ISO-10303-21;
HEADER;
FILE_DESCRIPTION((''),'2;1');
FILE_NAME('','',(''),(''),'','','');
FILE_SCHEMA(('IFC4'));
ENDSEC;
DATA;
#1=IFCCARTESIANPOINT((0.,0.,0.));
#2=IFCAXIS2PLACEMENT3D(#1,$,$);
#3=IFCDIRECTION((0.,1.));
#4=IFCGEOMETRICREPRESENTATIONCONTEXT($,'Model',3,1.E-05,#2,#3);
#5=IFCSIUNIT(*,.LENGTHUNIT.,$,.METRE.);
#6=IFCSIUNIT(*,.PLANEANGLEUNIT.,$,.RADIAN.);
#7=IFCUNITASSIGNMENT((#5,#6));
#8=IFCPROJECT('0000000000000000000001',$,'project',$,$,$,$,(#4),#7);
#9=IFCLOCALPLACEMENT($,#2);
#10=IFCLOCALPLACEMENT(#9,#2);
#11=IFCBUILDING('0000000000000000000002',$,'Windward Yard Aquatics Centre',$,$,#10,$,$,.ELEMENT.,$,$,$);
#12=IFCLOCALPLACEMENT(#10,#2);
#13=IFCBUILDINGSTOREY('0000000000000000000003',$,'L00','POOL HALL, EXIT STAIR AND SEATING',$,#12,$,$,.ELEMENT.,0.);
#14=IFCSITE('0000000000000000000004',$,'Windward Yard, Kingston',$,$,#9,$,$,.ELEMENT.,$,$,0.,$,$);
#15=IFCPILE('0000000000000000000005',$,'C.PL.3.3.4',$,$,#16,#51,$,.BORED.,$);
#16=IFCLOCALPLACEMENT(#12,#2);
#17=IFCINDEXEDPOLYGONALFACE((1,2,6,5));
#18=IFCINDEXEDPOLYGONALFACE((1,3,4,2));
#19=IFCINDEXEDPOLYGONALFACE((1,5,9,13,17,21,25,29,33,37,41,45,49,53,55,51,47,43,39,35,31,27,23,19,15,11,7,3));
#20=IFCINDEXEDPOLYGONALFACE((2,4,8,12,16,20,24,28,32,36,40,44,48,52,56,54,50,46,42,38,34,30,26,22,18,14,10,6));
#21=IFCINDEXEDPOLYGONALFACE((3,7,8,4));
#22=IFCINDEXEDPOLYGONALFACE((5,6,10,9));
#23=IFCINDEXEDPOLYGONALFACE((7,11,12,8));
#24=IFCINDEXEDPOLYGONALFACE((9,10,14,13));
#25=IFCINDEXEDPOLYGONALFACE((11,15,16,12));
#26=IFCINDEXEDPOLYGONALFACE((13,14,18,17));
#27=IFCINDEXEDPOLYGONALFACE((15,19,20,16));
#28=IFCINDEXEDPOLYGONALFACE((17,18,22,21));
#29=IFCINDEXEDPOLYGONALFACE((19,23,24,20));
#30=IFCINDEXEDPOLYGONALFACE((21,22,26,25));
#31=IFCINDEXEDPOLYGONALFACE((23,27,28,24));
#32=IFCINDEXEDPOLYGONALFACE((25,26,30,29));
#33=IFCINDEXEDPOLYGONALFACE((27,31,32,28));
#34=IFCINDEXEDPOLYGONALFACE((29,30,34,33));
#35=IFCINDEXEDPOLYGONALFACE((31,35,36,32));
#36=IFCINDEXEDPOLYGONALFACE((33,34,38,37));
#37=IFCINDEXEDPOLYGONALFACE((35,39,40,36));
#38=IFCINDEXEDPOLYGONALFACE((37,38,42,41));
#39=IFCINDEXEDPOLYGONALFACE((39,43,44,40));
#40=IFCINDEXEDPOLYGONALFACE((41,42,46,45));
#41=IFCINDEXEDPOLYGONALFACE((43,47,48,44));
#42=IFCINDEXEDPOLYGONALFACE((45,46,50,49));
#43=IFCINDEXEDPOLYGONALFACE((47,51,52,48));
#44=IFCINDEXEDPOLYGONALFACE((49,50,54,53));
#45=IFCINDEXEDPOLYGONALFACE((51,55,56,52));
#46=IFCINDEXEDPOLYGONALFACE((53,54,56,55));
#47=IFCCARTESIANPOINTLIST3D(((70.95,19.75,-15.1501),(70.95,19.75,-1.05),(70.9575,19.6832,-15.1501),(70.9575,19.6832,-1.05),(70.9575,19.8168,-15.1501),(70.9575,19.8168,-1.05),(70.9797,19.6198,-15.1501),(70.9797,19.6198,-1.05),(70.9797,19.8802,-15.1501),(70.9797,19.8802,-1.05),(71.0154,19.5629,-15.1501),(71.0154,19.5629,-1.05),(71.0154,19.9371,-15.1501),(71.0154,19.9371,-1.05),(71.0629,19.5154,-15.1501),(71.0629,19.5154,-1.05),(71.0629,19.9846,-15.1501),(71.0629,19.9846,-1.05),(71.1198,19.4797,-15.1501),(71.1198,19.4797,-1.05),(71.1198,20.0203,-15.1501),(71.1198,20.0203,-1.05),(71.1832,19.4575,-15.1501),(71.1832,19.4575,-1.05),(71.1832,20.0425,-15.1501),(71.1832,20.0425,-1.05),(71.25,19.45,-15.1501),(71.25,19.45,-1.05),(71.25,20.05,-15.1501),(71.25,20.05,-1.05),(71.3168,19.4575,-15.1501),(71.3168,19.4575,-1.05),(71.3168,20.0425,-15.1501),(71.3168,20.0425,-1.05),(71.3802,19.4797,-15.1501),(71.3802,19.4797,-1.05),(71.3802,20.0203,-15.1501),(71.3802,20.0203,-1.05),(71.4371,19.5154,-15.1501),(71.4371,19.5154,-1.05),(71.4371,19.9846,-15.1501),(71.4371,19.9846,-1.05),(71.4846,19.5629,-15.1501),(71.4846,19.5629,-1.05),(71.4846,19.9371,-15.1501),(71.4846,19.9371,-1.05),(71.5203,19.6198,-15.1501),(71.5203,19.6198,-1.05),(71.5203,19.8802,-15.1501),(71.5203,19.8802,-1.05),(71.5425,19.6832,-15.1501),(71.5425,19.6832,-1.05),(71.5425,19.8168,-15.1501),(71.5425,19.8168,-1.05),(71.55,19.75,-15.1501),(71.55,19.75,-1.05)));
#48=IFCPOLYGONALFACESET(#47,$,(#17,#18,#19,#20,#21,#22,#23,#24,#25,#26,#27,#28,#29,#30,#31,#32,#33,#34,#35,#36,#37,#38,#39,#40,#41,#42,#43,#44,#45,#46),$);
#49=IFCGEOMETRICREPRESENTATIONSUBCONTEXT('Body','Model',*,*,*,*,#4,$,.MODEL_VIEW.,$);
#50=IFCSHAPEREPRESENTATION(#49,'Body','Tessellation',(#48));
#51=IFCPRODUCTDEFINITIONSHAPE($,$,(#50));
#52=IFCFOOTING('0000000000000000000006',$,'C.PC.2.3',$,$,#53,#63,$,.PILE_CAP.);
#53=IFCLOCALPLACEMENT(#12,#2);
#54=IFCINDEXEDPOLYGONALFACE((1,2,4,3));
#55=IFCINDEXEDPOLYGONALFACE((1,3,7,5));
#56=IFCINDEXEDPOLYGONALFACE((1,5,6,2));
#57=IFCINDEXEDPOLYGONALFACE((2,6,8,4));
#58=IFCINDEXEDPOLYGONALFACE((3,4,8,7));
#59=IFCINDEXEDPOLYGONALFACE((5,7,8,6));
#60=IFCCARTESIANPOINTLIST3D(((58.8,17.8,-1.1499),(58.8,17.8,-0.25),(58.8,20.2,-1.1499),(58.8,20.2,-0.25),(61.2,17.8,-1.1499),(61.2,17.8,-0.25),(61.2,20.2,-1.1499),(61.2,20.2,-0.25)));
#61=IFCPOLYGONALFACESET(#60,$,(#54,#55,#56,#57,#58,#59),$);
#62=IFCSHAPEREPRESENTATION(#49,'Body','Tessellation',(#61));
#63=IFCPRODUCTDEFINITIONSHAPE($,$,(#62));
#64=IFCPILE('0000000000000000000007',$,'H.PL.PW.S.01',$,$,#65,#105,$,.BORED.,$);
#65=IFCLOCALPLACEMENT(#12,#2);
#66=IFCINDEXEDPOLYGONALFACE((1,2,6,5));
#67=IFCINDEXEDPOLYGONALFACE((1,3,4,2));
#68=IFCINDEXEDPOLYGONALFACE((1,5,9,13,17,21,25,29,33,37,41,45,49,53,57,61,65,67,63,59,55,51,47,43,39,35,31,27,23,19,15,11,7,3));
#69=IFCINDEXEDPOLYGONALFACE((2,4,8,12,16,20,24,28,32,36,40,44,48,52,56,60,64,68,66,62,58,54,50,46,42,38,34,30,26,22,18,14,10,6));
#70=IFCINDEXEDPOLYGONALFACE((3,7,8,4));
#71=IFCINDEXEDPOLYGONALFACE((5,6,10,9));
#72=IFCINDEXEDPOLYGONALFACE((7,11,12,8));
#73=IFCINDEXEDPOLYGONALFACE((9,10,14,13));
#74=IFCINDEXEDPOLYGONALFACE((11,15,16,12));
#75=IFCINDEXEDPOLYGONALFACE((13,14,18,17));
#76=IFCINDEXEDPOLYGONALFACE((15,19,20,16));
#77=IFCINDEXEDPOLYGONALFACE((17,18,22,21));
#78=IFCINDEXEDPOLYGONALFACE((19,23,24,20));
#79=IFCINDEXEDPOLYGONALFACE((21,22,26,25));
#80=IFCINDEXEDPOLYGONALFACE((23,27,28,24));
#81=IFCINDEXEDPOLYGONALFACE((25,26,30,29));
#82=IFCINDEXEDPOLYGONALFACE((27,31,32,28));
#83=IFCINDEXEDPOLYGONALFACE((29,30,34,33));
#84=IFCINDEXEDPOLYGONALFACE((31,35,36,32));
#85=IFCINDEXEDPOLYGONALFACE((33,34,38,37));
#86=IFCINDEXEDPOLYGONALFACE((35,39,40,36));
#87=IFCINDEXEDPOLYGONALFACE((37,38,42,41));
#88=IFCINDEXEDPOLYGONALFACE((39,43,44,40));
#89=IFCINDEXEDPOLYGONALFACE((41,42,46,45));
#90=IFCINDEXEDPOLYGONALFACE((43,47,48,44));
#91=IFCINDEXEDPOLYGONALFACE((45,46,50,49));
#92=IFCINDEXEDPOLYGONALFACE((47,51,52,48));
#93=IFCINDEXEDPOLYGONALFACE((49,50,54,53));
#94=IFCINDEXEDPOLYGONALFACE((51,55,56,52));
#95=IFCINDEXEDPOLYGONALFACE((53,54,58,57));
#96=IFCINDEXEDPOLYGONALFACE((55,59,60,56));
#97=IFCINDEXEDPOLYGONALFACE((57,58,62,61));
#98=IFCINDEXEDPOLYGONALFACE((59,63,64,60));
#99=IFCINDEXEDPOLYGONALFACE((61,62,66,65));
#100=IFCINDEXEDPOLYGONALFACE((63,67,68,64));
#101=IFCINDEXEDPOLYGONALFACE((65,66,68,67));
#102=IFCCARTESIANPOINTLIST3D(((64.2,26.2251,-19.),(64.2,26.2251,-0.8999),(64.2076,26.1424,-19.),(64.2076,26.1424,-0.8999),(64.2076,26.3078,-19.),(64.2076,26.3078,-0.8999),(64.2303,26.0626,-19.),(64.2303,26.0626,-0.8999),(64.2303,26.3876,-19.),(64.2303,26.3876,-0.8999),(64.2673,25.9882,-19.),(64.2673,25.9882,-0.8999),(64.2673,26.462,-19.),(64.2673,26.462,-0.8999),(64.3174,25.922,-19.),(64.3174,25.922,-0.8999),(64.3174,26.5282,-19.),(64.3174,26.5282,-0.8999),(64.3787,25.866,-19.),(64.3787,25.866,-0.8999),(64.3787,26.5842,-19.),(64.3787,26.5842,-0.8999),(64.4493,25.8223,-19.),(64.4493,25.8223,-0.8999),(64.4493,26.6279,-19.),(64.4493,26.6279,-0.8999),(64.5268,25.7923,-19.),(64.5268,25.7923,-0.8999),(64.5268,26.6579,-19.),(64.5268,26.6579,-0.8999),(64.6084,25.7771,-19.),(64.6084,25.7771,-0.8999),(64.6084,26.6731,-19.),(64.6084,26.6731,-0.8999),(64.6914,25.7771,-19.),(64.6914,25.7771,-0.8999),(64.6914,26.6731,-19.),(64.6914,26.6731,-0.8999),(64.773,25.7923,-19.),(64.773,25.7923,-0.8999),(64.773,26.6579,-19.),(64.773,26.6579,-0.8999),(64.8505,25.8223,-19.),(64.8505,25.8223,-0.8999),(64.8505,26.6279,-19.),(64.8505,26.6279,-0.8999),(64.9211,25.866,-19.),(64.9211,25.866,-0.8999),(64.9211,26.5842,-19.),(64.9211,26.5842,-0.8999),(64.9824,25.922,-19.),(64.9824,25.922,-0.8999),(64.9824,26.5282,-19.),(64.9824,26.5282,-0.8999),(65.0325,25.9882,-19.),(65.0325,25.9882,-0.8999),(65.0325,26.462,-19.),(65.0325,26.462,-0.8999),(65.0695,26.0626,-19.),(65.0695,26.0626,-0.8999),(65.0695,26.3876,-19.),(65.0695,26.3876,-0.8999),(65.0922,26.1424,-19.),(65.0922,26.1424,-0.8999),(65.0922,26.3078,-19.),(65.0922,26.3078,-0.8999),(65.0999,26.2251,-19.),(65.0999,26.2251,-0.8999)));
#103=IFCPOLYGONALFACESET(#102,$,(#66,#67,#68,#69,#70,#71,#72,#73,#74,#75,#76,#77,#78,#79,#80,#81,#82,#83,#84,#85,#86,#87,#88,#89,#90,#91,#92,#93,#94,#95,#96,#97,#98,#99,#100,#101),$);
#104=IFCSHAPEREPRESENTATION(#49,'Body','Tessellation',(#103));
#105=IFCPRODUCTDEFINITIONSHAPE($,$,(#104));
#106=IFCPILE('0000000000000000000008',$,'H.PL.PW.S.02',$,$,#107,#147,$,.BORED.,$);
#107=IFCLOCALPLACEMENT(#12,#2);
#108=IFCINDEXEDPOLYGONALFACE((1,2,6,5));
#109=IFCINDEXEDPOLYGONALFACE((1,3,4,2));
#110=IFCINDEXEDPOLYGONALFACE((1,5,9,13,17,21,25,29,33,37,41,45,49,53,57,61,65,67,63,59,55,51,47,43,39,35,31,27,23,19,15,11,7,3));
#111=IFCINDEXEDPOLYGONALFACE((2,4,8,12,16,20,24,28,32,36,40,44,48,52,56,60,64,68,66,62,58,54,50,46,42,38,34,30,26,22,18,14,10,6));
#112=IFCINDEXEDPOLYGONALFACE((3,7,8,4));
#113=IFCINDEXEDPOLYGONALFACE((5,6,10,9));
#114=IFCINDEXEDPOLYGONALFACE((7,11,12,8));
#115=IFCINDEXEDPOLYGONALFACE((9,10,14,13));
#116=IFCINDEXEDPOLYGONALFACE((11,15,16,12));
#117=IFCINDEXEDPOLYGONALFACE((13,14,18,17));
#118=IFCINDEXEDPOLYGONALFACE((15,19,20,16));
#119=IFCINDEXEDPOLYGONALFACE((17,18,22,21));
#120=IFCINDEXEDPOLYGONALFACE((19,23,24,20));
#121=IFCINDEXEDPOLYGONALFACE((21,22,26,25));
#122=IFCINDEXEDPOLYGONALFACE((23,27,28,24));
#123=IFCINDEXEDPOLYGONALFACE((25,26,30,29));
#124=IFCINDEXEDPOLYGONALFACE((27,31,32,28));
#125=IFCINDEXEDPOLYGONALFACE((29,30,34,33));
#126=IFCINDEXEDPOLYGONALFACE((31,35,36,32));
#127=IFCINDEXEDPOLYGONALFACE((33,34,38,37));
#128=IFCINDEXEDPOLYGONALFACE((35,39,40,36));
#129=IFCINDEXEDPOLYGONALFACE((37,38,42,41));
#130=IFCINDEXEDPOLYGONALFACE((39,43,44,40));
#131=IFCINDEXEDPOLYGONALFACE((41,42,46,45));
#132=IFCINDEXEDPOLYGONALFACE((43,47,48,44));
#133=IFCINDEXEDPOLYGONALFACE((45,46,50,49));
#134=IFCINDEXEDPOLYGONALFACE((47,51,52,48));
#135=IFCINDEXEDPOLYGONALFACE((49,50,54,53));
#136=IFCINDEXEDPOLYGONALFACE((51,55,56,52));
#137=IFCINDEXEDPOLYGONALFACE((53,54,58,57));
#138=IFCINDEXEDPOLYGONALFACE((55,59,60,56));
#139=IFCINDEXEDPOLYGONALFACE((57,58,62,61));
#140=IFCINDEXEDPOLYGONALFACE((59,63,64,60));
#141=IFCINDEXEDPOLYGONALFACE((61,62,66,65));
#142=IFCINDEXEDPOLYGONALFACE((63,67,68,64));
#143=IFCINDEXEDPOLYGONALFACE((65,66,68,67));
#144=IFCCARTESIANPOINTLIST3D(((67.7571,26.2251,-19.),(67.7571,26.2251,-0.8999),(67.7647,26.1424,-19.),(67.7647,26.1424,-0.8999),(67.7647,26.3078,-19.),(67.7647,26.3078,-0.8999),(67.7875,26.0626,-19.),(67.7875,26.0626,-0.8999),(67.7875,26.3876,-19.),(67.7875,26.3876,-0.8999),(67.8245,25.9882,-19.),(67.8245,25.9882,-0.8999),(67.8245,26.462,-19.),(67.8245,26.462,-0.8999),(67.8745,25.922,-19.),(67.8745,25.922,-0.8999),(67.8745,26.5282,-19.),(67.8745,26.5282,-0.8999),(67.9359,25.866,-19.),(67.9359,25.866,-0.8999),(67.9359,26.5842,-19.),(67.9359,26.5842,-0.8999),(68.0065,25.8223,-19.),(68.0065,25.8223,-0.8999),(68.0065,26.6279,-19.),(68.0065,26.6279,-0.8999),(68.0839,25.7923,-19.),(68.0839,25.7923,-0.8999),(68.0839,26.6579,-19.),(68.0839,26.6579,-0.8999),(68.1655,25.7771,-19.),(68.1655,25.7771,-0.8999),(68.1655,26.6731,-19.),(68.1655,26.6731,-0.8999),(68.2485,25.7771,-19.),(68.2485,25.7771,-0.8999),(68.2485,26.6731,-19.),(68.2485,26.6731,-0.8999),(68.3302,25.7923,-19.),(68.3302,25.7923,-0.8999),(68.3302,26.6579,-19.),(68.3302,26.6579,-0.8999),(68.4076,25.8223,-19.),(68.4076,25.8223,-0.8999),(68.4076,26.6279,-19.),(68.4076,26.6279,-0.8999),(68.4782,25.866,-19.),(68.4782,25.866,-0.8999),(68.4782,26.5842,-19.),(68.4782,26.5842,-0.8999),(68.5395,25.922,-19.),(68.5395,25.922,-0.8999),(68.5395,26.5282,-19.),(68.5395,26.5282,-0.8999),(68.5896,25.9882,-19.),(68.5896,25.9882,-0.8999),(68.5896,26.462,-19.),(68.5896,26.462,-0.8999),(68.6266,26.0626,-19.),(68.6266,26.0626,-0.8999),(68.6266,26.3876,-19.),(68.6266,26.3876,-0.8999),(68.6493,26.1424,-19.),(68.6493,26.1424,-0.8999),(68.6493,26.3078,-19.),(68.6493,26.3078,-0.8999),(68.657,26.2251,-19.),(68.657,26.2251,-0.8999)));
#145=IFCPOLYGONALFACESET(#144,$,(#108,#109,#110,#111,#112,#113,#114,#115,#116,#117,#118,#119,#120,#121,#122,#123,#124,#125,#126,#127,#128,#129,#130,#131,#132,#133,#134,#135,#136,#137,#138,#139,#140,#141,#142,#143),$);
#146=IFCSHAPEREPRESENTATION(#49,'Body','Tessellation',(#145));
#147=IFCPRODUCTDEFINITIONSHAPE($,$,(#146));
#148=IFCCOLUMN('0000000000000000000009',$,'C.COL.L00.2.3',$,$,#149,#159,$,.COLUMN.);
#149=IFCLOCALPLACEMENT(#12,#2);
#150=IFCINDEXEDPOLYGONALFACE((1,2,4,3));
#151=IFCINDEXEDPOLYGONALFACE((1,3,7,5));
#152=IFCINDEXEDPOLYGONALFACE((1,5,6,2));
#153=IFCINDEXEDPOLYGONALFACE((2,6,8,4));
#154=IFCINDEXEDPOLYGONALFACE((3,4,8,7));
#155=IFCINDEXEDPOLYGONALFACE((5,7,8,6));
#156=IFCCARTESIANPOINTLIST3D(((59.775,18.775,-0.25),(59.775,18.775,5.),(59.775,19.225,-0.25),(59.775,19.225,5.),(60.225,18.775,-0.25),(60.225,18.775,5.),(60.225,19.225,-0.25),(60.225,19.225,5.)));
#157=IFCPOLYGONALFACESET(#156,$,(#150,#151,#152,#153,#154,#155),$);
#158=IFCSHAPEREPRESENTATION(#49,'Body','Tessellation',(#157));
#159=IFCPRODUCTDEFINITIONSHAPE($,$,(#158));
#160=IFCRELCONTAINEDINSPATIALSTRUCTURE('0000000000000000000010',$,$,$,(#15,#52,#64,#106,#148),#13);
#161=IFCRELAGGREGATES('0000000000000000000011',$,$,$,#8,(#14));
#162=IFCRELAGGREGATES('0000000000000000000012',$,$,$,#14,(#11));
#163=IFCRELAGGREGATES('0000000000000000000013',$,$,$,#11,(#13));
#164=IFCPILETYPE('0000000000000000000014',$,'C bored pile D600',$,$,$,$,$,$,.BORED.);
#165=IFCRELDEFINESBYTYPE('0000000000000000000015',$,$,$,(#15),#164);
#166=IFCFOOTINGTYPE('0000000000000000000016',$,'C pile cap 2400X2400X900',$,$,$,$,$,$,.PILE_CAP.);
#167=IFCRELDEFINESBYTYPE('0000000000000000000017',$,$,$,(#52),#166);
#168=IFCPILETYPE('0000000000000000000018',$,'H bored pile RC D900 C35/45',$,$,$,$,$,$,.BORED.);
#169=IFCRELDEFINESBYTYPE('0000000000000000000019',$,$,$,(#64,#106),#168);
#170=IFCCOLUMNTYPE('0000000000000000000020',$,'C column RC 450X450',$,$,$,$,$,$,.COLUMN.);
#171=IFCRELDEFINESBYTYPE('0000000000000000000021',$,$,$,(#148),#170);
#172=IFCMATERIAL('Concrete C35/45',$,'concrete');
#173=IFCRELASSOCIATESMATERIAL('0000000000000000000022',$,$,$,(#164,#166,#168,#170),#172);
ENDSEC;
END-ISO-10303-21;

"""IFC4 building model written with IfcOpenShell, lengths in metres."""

from ifc_helpers import new_model, si_unit, direction, frame, origin, origin_2d, place, context, subcontext, project, spatial, rectangle, circle, extrude, material, material_profile, profile_set, type_object, element, save


model = new_model("IFC4")

# Units and contexts
model_context = context("Model", 3, precision=1e-05, world=origin(), true_north=direction((0.0, 1.0)))
body_context = subcontext(model_context, "Body", "Model", "MODEL_VIEW")
ifc_project = project(units=[si_unit("LENGTHUNIT", "METRE"), si_unit("PLANEANGLEUNIT", "RADIAN")], contexts=[model_context])

# Site, building, storey
site_placement = place(None, origin())
site = spatial("IfcSite", under=ifc_project, at=site_placement, Name="Windward Yard, Kingston", CompositionType="ELEMENT", RefElevation=0.0)
building_placement = place(site_placement, origin())
building = spatial("IfcBuilding", under=site, at=building_placement, Name="Windward Yard Aquatics Centre", CompositionType="ELEMENT")
storey_placement = place(building_placement, origin())
storey = spatial("IfcBuildingStorey", under=building, at=storey_placement, Name="L00", Description="POOL HALL, EXIT STAIR AND SEATING", CompositionType="ELEMENT", Elevation=0.0)

# Pile
ifc_material_1 = material(Name="Concrete C35/45", Category="concrete")
ifc_material_profile_1 = material_profile(ifc_material_1, circle(Radius=0.3, at=origin_2d()), Name="RC D600")
ifc_profile_set_1 = profile_set([ifc_material_profile_1], Name="Concrete C35/45")
pile_type_1 = type_object("IfcPileType", Name="C bored pile D600", PredefinedType="BORED", material=ifc_profile_set_1)
for number, where, z_axis, x_axis, name in (
    (1, (71.25, 19.75, -1.05), (0.0, 0.0, -1.0), (1.0, 0.0, 0.0), "C.PL.3.3.4"),
):
    element("IfcPile", number, at=place(storey_placement, frame(where, z_axis=z_axis, x_axis=x_axis)), inside=storey, type_object=pile_type_1, Name=name, PredefinedType="BORED", context=body_context, shape_type="SweptSolid", body=[
        extrude(circle(Radius=0.3, at=origin_2d()), origin(), (0.0, 0.0, 1.0), 14.1001),
    ])

# Footing
footing_type = type_object("IfcFootingType", Name="C pile cap 2400X2400X900", PredefinedType="PILE_CAP", material=ifc_material_1)
footing_placement = place(storey_placement, frame((60.0, 19.0, -1.1499), z_axis=(0.0, 0.0, 1.0), x_axis=(1.0, 0.0, 0.0)))
element("IfcFooting", 2, at=footing_placement, inside=storey, type_object=footing_type, Name="C.PC.2.3", PredefinedType="PILE_CAP", context=body_context, shape_type="SweptSolid", body=[
    extrude(rectangle(XDim=2.3999, YDim=2.3999, at=origin_2d()), origin(), (0.0, 0.0, 1.0), 0.8999),
])

# Piles
ifc_material_profile_2 = material_profile(ifc_material_1, circle(Radius=0.45, at=origin_2d()), Name="RC D900")
ifc_profile_set_2 = profile_set([ifc_material_profile_2], Name="Concrete C35/45")
pile_type_2 = type_object("IfcPileType", Name="H bored pile RC D900 C35/45", PredefinedType="BORED", material=ifc_profile_set_2)
for number, where, z_axis, x_axis, name in (
    (3, (64.6499, 26.2251, -0.8999), (0.0, 0.0, -1.0), (1.0, 0.0, 0.0), "H.PL.PW.S.01"),
    (4, (68.207, 26.2251, -0.8999), (0.0, 0.0, -1.0), (1.0, 0.0, 0.0), "H.PL.PW.S.02"),
):
    element("IfcPile", number, at=place(storey_placement, frame(where, z_axis=z_axis, x_axis=x_axis)), inside=storey, type_object=pile_type_2, Name=name, PredefinedType="BORED", context=body_context, shape_type="SweptSolid", body=[
        extrude(circle(Radius=0.45, at=origin_2d()), origin(), (0.0, 0.0, 1.0), 18.1001),
    ])

# Column
ifc_material_profile_3 = material_profile(ifc_material_1, rectangle(XDim=0.45, YDim=0.45, at=origin_2d()), Name="RC 450X450")
ifc_profile_set_3 = profile_set([ifc_material_profile_3], Name="Concrete C35/45")
column_type = type_object("IfcColumnType", Name="C column RC 450X450", PredefinedType="COLUMN", material=ifc_profile_set_3)
column_placement = place(storey_placement, frame((60.0, 19.0, -0.25), z_axis=(0.0, 0.0, 1.0), x_axis=(1.0, 0.0, 0.0)))
element("IfcColumn", 5, at=column_placement, inside=storey, type_object=column_type, Name="C.COL.L00.2.3", PredefinedType="COLUMN", context=body_context, shape_type="SweptSolid", body=[
    extrude(rectangle(XDim=0.45, YDim=0.45, at=origin_2d()), origin(), (0.0, 0.0, 1.0), 5.25),
])

save(model, "model.ifc")
